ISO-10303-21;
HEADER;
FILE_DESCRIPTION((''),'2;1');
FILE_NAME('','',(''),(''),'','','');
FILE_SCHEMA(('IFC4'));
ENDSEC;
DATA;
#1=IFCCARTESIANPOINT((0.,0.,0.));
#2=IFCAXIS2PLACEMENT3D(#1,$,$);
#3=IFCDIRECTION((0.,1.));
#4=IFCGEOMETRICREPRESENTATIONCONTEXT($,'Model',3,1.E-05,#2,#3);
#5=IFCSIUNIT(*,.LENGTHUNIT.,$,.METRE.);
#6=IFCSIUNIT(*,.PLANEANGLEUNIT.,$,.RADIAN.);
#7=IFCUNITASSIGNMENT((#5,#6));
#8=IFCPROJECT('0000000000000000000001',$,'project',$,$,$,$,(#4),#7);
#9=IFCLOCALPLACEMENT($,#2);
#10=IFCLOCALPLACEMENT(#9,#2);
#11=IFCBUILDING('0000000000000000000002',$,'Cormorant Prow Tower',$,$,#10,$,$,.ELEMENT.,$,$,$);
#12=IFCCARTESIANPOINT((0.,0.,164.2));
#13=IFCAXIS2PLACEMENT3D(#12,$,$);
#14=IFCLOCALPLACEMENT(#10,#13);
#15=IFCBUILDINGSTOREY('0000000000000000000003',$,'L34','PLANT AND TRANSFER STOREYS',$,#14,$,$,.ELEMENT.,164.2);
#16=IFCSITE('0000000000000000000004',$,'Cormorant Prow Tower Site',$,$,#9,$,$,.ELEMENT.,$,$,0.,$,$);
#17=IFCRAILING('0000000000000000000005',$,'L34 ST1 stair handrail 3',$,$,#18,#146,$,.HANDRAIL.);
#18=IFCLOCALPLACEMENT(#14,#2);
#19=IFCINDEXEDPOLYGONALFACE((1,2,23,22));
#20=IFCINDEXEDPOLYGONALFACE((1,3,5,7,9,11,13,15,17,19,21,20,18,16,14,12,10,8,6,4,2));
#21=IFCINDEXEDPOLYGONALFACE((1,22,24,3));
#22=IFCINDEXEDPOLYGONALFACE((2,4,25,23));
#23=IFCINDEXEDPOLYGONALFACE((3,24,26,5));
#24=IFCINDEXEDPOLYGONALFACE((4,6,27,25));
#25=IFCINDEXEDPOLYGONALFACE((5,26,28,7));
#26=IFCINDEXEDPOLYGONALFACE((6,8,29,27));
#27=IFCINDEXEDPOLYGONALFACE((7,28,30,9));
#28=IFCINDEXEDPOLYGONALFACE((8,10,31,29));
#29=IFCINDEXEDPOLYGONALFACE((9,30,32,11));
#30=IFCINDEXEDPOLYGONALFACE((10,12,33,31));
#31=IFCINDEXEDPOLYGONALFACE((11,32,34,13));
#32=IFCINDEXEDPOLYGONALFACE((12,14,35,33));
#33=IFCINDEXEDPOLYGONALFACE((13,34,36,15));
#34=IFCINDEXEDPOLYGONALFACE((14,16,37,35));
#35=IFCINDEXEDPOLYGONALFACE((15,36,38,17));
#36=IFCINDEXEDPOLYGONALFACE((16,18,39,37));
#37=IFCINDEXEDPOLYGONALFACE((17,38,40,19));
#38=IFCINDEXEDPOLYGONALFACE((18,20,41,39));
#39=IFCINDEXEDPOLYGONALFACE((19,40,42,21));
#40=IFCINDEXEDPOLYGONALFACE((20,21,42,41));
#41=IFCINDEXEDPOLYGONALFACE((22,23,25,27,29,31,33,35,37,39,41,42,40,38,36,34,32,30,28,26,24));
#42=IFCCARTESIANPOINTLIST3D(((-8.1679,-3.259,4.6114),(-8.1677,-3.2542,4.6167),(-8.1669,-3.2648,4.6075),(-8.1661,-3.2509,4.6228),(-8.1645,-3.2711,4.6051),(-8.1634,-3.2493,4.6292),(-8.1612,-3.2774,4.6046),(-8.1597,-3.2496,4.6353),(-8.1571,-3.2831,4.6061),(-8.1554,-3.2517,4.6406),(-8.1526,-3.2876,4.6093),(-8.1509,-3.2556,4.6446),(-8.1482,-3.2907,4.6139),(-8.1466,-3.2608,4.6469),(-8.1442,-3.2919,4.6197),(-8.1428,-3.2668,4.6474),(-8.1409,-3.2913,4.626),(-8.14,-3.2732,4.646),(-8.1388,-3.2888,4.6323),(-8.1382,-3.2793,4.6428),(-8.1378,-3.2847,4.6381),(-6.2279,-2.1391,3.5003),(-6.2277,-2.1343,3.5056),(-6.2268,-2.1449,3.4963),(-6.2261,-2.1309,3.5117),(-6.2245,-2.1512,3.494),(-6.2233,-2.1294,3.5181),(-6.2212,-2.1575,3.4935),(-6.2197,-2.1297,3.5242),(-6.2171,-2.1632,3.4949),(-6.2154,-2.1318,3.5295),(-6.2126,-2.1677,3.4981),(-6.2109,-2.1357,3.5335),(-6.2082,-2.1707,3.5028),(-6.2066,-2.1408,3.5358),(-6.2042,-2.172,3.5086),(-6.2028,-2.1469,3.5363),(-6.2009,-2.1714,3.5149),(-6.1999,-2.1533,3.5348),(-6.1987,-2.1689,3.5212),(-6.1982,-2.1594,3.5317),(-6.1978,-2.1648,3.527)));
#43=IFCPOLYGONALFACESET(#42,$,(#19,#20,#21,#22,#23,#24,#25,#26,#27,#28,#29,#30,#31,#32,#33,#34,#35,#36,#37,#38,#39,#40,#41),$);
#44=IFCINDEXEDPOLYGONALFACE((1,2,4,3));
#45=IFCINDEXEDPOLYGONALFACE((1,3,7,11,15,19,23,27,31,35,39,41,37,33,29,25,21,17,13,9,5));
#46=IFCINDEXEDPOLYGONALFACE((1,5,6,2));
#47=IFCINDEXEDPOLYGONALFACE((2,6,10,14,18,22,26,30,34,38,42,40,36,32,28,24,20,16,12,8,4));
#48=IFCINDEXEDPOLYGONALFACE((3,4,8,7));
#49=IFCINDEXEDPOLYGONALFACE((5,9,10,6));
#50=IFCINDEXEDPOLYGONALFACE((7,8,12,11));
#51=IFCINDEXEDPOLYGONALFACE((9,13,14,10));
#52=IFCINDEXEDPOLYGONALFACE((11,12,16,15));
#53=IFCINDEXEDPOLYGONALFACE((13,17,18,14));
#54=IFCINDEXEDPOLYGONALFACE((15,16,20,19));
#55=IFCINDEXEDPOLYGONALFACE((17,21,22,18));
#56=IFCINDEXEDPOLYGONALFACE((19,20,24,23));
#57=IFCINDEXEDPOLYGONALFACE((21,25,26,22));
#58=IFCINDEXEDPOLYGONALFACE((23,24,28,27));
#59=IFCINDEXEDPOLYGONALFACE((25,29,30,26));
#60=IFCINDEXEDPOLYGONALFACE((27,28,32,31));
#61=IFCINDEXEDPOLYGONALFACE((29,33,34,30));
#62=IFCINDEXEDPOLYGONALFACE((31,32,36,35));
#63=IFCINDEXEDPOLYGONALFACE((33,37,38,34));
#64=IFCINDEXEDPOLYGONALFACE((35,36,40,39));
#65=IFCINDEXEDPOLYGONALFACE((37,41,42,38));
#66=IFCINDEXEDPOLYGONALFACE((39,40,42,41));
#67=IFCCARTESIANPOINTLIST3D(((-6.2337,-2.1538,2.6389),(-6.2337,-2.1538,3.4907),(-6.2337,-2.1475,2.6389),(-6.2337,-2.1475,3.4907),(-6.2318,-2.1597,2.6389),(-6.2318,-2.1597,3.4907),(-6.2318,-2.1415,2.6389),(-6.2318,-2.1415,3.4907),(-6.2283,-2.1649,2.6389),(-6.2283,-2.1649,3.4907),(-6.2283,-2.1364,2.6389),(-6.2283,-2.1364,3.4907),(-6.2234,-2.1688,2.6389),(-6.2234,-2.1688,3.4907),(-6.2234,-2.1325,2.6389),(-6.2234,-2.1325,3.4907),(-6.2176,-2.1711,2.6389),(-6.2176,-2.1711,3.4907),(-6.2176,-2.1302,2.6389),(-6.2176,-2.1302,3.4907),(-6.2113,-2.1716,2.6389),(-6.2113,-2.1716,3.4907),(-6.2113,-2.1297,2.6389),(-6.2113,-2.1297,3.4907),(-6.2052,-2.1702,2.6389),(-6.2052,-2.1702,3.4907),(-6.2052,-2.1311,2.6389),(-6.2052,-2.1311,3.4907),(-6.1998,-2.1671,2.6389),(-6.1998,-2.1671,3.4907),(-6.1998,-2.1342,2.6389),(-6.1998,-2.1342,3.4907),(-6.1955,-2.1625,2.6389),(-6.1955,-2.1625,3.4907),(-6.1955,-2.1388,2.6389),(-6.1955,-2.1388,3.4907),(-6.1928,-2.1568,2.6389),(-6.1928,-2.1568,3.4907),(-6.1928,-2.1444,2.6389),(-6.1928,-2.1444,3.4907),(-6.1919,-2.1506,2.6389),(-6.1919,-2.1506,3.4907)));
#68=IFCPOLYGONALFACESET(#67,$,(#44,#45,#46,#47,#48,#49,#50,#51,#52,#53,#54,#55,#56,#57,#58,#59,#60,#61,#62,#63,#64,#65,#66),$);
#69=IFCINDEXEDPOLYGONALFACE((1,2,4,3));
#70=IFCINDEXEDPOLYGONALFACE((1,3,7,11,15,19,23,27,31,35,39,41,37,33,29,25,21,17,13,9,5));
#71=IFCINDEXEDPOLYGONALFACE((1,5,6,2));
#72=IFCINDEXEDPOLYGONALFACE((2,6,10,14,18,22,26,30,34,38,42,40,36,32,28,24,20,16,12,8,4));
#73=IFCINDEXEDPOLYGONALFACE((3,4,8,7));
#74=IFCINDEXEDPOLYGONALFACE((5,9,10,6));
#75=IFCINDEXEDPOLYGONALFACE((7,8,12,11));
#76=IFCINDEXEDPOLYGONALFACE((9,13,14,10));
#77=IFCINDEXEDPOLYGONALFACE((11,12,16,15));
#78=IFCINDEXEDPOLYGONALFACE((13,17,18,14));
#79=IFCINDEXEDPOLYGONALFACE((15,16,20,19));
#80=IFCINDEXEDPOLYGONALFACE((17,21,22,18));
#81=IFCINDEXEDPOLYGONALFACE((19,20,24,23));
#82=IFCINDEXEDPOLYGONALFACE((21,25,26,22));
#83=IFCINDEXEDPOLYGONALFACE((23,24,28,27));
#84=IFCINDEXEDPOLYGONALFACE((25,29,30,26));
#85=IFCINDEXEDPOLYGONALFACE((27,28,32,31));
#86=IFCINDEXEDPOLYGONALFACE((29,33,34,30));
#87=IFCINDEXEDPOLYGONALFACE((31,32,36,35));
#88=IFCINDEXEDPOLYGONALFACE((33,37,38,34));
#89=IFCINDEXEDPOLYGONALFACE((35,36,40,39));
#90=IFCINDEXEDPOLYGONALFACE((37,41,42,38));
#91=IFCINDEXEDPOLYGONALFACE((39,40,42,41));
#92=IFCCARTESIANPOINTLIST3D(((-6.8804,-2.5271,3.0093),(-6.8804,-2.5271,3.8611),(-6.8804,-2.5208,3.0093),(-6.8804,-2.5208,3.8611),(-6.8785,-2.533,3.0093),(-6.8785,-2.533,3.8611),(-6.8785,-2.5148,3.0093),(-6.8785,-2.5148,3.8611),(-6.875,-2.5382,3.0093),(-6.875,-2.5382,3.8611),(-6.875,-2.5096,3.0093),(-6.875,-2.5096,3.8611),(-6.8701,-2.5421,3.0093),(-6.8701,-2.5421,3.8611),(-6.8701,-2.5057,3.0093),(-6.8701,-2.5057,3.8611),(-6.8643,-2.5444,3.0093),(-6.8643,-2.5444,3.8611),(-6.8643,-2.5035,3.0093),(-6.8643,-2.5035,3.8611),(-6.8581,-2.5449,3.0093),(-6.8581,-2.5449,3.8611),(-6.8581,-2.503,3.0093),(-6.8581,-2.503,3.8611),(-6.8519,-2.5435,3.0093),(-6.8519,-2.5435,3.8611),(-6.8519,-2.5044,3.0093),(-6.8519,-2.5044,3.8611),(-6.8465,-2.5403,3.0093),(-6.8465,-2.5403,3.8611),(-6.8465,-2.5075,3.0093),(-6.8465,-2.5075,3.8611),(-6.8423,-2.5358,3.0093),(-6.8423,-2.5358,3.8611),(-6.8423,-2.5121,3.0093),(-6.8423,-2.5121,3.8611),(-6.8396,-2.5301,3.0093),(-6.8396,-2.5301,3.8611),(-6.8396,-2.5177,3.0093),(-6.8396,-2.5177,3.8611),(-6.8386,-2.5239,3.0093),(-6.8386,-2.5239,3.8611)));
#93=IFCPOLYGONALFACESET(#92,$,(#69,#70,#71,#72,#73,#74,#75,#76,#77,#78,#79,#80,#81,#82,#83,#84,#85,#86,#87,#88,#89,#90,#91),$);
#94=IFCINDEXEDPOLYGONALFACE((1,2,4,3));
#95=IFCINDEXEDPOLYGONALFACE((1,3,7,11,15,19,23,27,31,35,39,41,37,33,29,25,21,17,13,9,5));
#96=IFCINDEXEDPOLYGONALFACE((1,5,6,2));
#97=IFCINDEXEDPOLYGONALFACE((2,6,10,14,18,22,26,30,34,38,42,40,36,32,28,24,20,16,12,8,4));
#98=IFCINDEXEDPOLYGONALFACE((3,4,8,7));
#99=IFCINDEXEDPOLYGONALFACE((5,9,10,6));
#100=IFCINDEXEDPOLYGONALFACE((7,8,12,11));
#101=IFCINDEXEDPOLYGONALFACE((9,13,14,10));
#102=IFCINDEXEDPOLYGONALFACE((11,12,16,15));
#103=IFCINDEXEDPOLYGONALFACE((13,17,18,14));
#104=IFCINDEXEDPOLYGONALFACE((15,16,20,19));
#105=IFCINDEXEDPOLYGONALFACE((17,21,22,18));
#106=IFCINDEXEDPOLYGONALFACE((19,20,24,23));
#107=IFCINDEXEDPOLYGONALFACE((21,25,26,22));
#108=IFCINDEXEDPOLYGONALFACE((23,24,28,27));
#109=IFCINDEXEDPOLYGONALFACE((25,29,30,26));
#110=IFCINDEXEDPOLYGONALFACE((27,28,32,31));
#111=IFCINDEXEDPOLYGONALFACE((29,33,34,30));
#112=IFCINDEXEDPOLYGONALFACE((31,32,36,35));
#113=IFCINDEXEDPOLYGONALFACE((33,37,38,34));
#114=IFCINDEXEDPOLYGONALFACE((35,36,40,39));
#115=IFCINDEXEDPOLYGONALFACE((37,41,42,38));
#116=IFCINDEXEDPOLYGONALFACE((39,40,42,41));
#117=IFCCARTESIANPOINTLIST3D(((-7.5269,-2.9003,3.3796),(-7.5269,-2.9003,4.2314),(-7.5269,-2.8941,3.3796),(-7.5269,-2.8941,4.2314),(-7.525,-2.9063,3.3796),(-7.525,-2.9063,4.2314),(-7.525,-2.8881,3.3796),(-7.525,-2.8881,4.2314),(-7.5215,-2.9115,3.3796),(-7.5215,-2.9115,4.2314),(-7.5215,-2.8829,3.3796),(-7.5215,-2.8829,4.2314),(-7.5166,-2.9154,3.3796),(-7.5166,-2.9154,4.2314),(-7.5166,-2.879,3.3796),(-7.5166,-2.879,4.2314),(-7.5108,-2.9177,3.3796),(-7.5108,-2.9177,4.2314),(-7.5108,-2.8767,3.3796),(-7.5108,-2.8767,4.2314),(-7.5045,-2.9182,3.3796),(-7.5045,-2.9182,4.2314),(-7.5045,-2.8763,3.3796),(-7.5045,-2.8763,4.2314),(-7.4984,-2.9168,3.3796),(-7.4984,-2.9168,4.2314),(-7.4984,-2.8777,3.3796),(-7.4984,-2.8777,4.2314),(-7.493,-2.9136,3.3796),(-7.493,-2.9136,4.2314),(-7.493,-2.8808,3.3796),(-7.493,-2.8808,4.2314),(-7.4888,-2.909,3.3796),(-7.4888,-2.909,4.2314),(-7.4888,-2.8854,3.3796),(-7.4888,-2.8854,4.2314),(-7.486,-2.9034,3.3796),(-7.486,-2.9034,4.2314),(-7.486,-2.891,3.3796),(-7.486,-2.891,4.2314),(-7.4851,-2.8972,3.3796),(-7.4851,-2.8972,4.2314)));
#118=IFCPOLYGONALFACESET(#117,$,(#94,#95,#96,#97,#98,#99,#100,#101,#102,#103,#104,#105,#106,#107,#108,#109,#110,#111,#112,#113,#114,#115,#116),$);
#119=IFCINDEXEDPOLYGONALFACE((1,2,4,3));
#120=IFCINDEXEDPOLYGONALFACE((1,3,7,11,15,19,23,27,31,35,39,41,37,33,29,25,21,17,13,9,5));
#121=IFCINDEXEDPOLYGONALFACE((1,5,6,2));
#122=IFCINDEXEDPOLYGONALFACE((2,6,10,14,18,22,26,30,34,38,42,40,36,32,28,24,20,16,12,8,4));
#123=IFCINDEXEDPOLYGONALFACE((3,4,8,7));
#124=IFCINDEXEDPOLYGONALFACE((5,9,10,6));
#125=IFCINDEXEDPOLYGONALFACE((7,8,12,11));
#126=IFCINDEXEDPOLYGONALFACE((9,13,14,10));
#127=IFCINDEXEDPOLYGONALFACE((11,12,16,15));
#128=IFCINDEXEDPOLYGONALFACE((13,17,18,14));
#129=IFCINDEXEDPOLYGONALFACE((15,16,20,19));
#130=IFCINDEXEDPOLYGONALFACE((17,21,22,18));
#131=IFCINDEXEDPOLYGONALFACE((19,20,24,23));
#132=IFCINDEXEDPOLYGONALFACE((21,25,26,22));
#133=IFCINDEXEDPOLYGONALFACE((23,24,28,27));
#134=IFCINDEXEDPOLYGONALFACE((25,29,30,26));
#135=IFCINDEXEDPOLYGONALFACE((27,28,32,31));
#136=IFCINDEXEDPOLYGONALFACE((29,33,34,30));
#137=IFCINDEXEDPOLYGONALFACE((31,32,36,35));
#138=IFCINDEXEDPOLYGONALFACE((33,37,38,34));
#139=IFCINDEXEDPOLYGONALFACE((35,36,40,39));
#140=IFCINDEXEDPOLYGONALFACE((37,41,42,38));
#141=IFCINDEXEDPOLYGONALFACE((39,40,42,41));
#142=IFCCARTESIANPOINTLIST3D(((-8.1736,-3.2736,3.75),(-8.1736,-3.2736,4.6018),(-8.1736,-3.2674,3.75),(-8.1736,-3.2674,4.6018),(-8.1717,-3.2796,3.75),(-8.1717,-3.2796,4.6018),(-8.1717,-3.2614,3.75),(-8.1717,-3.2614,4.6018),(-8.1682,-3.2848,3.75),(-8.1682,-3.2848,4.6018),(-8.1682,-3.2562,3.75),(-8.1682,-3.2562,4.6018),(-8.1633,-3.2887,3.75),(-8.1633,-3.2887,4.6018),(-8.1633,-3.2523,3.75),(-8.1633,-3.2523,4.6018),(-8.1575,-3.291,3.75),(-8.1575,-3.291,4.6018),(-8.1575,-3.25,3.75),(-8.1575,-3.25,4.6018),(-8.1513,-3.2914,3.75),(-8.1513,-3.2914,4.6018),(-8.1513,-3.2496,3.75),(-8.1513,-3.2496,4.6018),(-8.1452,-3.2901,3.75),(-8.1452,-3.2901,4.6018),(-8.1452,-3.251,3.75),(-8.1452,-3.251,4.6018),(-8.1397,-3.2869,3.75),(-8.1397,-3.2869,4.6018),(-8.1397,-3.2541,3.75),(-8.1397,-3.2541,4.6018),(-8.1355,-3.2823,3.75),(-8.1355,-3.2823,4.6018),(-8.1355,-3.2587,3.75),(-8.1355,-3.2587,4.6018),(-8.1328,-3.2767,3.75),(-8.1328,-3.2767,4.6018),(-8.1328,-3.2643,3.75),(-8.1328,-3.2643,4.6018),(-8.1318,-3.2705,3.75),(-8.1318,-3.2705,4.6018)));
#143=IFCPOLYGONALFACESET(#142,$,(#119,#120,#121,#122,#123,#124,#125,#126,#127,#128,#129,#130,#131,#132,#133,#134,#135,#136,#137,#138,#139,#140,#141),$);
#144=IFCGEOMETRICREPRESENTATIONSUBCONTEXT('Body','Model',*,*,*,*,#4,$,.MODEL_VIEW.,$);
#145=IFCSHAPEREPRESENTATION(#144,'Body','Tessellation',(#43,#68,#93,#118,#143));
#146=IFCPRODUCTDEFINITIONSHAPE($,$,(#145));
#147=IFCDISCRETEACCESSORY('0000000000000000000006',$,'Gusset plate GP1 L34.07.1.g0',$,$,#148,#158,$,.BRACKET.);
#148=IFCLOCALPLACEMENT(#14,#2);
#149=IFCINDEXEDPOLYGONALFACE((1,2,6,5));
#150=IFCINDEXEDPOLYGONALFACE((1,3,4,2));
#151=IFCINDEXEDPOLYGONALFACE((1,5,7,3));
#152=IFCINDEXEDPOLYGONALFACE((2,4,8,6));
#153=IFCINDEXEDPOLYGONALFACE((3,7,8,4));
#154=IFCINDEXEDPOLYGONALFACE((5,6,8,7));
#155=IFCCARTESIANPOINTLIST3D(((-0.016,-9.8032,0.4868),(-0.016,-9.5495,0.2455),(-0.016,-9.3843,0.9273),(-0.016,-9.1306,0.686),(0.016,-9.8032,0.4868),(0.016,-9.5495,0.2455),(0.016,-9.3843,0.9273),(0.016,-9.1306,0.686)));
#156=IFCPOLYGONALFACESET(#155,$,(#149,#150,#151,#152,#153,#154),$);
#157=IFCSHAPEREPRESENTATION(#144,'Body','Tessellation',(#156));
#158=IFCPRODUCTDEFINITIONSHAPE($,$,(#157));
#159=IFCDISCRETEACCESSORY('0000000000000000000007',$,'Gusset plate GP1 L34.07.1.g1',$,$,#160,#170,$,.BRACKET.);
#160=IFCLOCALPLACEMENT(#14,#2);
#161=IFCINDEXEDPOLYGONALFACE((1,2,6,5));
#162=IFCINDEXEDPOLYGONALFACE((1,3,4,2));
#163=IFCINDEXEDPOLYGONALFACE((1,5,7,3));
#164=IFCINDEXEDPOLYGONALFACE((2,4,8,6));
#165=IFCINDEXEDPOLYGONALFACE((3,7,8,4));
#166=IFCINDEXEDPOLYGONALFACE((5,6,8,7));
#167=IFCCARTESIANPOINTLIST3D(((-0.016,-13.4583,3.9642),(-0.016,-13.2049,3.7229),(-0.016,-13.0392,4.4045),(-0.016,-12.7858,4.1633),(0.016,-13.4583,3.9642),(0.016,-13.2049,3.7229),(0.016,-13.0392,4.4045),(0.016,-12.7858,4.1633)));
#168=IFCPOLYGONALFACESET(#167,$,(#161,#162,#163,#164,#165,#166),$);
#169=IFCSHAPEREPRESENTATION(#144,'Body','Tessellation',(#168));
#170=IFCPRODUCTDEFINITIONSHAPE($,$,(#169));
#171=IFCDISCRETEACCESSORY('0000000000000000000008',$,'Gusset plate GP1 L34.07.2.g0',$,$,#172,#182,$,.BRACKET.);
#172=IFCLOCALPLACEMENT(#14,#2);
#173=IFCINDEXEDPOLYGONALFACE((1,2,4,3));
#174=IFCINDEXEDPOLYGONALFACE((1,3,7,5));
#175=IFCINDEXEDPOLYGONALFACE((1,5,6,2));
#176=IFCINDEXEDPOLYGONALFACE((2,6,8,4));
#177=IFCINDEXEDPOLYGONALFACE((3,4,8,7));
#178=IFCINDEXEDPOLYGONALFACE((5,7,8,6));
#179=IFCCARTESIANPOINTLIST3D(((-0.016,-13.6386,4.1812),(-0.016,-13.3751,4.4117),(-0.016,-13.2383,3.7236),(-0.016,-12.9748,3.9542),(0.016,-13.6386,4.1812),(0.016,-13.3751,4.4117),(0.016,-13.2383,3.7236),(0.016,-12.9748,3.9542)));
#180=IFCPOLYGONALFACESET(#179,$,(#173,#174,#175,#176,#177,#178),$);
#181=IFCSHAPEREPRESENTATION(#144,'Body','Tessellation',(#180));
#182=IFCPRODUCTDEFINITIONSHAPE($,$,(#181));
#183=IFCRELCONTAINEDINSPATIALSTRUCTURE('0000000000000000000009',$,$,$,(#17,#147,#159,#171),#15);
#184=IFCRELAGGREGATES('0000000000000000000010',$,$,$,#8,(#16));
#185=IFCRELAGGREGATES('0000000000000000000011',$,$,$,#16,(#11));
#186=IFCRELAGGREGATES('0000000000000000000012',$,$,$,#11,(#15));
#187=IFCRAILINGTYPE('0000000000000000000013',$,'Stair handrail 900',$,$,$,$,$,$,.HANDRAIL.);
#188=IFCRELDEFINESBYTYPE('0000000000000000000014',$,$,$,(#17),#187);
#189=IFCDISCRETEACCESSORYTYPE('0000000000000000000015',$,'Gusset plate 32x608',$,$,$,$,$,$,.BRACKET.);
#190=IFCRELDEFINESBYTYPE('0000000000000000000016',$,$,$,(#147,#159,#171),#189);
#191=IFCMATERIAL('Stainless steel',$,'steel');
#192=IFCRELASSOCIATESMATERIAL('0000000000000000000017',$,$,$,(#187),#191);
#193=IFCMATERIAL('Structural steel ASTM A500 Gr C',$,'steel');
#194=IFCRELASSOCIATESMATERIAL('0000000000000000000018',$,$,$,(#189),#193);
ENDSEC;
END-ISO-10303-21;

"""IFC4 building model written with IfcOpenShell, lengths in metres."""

from ifc_helpers import new_model, si_unit, direction, frame, origin, origin_2d, place, context, subcontext, project, spatial, rectangle, circle, extrude, material, material_profile, profile_set, type_object, element, save


model = new_model("IFC4")

# Units and contexts
model_context = context("Model", 3, precision=1e-05, world=origin(), true_north=direction((0.0, 1.0)))
body_context = subcontext(model_context, "Body", "Model", "MODEL_VIEW")
ifc_project = project(units=[si_unit("LENGTHUNIT", "METRE"), si_unit("PLANEANGLEUNIT", "RADIAN")], contexts=[model_context])

# Site, building, storey
site_placement = place(None, origin())
site = spatial("IfcSite", under=ifc_project, at=site_placement, Name="Cormorant Prow Tower Site", CompositionType="ELEMENT", RefElevation=0.0)
building_placement = place(site_placement, origin())
building = spatial("IfcBuilding", under=site, at=building_placement, Name="Cormorant Prow Tower", CompositionType="ELEMENT")
storey_placement = place(building_placement, frame((0.0, 0.0, 164.2)))
storey = spatial("IfcBuildingStorey", under=building, at=storey_placement, Name="L34", Description="PLANT AND TRANSFER STOREYS", CompositionType="ELEMENT", Elevation=164.2)

# Railing
ifc_material_1 = material(Name="Stainless steel", Category="steel")
railing_type_1 = type_object("IfcRailingType", Name="Stair handrail 900", PredefinedType="HANDRAIL", material=ifc_material_1)
for number, where, name in (
    (1, (-6.2129, -2.1506, 2.6389), "L34 ST1 stair handrail 3"),
):
    element("IfcRailing", number, at=place(storey_placement, frame(where)), inside=storey, type_object=railing_type_1, Name=name, PredefinedType="HANDRAIL", context=body_context, shape_type="SweptSolid", body=[
        extrude(circle(Radius=0.0239, at=origin_2d()), frame((0.0, 0.0, 0.876), z_axis=(-0.775853, -0.447878, 0.444363), x_axis=(0.499949, -0.866055, 0.0)), (0.0, 0.0, 1.0), 2.5005),
        extrude(circle(Radius=0.021, at=origin_2d()), origin(), (0.0, 0.0, 1.0), 0.8518),
        extrude(circle(Radius=0.021, at=origin_2d()), frame((-0.6467, -0.3733, 0.3704)), (0.0, 0.0, 1.0), 0.8518),
        extrude(circle(Radius=0.021, at=origin_2d()), frame((-1.2932, -0.7466, 0.7407)), (0.0, 0.0, 1.0), 0.8518),
        extrude(circle(Radius=0.021, at=origin_2d()), frame((-1.9399, -1.1199, 1.1111)), (0.0, 0.0, 1.0), 0.8518),
    ])

# Discrete accessories
ifc_material_2 = material(Name="Structural steel ASTM A500 Gr C", Category="steel")
ifc_material_profile_1 = material_profile(ifc_material_2, rectangle(XDim=0.032, YDim=0.6079, at=origin_2d()), Name="Gusset plate 32x608")
ifc_profile_set_1 = profile_set([ifc_material_profile_1], Name="Structural steel ASTM A500 Gr C")
discrete_accessory_type = type_object("IfcDiscreteAccessoryType", Name="Gusset plate 32x608", PredefinedType="BRACKET", material=ifc_profile_set_1)
discrete_accessory_1_placement = place(storey_placement, frame((0.0, -9.5938, 0.707), z_axis=(0.0, 0.724668, -0.689098), x_axis=(-1.0, 0.0, 0.0)))
element("IfcDiscreteAccessory", 2, at=discrete_accessory_1_placement, inside=storey, type_object=discrete_accessory_type, Name="Gusset plate GP1 L34.07.1.g0", PredefinedType="BRACKET", context=body_context, shape_type="SweptSolid", body=[
    extrude(rectangle(XDim=0.032, YDim=0.6079, at=origin_2d()), origin(), (0.0, 0.0, 1.0), 0.3501),
])
discrete_accessory_2_placement = place(storey_placement, frame((0.0, -12.9954, 3.9431), z_axis=(0.0, -0.724337, 0.689446), x_axis=(1.0, 0.0, 0.0)))
element("IfcDiscreteAccessory", 3, at=discrete_accessory_2_placement, inside=storey, type_object=discrete_accessory_type, Name="Gusset plate GP1 L34.07.1.g1", PredefinedType="BRACKET", context=body_context, shape_type="SweptSolid", body=[
    extrude(rectangle(XDim=0.032, YDim=0.6079, at=origin_2d()), origin(), (0.0, 0.0, 1.0), 0.3499),
])
discrete_accessory_3_placement = place(storey_placement, frame((0.0, -13.4385, 3.9524), z_axis=(0.0, 0.75262, 0.658455), x_axis=(-1.0, 0.0, 0.0)))
element("IfcDiscreteAccessory", 4, at=discrete_accessory_3_placement, inside=storey, type_object=discrete_accessory_type, Name="Gusset plate GP1 L34.07.2.g0", PredefinedType="BRACKET", context=body_context, shape_type="SweptSolid", body=[
    extrude(rectangle(XDim=0.032, YDim=0.6079, at=origin_2d()), origin(), (0.0, 0.0, 1.0), 0.3501),
])

save(model, "model.ifc")
